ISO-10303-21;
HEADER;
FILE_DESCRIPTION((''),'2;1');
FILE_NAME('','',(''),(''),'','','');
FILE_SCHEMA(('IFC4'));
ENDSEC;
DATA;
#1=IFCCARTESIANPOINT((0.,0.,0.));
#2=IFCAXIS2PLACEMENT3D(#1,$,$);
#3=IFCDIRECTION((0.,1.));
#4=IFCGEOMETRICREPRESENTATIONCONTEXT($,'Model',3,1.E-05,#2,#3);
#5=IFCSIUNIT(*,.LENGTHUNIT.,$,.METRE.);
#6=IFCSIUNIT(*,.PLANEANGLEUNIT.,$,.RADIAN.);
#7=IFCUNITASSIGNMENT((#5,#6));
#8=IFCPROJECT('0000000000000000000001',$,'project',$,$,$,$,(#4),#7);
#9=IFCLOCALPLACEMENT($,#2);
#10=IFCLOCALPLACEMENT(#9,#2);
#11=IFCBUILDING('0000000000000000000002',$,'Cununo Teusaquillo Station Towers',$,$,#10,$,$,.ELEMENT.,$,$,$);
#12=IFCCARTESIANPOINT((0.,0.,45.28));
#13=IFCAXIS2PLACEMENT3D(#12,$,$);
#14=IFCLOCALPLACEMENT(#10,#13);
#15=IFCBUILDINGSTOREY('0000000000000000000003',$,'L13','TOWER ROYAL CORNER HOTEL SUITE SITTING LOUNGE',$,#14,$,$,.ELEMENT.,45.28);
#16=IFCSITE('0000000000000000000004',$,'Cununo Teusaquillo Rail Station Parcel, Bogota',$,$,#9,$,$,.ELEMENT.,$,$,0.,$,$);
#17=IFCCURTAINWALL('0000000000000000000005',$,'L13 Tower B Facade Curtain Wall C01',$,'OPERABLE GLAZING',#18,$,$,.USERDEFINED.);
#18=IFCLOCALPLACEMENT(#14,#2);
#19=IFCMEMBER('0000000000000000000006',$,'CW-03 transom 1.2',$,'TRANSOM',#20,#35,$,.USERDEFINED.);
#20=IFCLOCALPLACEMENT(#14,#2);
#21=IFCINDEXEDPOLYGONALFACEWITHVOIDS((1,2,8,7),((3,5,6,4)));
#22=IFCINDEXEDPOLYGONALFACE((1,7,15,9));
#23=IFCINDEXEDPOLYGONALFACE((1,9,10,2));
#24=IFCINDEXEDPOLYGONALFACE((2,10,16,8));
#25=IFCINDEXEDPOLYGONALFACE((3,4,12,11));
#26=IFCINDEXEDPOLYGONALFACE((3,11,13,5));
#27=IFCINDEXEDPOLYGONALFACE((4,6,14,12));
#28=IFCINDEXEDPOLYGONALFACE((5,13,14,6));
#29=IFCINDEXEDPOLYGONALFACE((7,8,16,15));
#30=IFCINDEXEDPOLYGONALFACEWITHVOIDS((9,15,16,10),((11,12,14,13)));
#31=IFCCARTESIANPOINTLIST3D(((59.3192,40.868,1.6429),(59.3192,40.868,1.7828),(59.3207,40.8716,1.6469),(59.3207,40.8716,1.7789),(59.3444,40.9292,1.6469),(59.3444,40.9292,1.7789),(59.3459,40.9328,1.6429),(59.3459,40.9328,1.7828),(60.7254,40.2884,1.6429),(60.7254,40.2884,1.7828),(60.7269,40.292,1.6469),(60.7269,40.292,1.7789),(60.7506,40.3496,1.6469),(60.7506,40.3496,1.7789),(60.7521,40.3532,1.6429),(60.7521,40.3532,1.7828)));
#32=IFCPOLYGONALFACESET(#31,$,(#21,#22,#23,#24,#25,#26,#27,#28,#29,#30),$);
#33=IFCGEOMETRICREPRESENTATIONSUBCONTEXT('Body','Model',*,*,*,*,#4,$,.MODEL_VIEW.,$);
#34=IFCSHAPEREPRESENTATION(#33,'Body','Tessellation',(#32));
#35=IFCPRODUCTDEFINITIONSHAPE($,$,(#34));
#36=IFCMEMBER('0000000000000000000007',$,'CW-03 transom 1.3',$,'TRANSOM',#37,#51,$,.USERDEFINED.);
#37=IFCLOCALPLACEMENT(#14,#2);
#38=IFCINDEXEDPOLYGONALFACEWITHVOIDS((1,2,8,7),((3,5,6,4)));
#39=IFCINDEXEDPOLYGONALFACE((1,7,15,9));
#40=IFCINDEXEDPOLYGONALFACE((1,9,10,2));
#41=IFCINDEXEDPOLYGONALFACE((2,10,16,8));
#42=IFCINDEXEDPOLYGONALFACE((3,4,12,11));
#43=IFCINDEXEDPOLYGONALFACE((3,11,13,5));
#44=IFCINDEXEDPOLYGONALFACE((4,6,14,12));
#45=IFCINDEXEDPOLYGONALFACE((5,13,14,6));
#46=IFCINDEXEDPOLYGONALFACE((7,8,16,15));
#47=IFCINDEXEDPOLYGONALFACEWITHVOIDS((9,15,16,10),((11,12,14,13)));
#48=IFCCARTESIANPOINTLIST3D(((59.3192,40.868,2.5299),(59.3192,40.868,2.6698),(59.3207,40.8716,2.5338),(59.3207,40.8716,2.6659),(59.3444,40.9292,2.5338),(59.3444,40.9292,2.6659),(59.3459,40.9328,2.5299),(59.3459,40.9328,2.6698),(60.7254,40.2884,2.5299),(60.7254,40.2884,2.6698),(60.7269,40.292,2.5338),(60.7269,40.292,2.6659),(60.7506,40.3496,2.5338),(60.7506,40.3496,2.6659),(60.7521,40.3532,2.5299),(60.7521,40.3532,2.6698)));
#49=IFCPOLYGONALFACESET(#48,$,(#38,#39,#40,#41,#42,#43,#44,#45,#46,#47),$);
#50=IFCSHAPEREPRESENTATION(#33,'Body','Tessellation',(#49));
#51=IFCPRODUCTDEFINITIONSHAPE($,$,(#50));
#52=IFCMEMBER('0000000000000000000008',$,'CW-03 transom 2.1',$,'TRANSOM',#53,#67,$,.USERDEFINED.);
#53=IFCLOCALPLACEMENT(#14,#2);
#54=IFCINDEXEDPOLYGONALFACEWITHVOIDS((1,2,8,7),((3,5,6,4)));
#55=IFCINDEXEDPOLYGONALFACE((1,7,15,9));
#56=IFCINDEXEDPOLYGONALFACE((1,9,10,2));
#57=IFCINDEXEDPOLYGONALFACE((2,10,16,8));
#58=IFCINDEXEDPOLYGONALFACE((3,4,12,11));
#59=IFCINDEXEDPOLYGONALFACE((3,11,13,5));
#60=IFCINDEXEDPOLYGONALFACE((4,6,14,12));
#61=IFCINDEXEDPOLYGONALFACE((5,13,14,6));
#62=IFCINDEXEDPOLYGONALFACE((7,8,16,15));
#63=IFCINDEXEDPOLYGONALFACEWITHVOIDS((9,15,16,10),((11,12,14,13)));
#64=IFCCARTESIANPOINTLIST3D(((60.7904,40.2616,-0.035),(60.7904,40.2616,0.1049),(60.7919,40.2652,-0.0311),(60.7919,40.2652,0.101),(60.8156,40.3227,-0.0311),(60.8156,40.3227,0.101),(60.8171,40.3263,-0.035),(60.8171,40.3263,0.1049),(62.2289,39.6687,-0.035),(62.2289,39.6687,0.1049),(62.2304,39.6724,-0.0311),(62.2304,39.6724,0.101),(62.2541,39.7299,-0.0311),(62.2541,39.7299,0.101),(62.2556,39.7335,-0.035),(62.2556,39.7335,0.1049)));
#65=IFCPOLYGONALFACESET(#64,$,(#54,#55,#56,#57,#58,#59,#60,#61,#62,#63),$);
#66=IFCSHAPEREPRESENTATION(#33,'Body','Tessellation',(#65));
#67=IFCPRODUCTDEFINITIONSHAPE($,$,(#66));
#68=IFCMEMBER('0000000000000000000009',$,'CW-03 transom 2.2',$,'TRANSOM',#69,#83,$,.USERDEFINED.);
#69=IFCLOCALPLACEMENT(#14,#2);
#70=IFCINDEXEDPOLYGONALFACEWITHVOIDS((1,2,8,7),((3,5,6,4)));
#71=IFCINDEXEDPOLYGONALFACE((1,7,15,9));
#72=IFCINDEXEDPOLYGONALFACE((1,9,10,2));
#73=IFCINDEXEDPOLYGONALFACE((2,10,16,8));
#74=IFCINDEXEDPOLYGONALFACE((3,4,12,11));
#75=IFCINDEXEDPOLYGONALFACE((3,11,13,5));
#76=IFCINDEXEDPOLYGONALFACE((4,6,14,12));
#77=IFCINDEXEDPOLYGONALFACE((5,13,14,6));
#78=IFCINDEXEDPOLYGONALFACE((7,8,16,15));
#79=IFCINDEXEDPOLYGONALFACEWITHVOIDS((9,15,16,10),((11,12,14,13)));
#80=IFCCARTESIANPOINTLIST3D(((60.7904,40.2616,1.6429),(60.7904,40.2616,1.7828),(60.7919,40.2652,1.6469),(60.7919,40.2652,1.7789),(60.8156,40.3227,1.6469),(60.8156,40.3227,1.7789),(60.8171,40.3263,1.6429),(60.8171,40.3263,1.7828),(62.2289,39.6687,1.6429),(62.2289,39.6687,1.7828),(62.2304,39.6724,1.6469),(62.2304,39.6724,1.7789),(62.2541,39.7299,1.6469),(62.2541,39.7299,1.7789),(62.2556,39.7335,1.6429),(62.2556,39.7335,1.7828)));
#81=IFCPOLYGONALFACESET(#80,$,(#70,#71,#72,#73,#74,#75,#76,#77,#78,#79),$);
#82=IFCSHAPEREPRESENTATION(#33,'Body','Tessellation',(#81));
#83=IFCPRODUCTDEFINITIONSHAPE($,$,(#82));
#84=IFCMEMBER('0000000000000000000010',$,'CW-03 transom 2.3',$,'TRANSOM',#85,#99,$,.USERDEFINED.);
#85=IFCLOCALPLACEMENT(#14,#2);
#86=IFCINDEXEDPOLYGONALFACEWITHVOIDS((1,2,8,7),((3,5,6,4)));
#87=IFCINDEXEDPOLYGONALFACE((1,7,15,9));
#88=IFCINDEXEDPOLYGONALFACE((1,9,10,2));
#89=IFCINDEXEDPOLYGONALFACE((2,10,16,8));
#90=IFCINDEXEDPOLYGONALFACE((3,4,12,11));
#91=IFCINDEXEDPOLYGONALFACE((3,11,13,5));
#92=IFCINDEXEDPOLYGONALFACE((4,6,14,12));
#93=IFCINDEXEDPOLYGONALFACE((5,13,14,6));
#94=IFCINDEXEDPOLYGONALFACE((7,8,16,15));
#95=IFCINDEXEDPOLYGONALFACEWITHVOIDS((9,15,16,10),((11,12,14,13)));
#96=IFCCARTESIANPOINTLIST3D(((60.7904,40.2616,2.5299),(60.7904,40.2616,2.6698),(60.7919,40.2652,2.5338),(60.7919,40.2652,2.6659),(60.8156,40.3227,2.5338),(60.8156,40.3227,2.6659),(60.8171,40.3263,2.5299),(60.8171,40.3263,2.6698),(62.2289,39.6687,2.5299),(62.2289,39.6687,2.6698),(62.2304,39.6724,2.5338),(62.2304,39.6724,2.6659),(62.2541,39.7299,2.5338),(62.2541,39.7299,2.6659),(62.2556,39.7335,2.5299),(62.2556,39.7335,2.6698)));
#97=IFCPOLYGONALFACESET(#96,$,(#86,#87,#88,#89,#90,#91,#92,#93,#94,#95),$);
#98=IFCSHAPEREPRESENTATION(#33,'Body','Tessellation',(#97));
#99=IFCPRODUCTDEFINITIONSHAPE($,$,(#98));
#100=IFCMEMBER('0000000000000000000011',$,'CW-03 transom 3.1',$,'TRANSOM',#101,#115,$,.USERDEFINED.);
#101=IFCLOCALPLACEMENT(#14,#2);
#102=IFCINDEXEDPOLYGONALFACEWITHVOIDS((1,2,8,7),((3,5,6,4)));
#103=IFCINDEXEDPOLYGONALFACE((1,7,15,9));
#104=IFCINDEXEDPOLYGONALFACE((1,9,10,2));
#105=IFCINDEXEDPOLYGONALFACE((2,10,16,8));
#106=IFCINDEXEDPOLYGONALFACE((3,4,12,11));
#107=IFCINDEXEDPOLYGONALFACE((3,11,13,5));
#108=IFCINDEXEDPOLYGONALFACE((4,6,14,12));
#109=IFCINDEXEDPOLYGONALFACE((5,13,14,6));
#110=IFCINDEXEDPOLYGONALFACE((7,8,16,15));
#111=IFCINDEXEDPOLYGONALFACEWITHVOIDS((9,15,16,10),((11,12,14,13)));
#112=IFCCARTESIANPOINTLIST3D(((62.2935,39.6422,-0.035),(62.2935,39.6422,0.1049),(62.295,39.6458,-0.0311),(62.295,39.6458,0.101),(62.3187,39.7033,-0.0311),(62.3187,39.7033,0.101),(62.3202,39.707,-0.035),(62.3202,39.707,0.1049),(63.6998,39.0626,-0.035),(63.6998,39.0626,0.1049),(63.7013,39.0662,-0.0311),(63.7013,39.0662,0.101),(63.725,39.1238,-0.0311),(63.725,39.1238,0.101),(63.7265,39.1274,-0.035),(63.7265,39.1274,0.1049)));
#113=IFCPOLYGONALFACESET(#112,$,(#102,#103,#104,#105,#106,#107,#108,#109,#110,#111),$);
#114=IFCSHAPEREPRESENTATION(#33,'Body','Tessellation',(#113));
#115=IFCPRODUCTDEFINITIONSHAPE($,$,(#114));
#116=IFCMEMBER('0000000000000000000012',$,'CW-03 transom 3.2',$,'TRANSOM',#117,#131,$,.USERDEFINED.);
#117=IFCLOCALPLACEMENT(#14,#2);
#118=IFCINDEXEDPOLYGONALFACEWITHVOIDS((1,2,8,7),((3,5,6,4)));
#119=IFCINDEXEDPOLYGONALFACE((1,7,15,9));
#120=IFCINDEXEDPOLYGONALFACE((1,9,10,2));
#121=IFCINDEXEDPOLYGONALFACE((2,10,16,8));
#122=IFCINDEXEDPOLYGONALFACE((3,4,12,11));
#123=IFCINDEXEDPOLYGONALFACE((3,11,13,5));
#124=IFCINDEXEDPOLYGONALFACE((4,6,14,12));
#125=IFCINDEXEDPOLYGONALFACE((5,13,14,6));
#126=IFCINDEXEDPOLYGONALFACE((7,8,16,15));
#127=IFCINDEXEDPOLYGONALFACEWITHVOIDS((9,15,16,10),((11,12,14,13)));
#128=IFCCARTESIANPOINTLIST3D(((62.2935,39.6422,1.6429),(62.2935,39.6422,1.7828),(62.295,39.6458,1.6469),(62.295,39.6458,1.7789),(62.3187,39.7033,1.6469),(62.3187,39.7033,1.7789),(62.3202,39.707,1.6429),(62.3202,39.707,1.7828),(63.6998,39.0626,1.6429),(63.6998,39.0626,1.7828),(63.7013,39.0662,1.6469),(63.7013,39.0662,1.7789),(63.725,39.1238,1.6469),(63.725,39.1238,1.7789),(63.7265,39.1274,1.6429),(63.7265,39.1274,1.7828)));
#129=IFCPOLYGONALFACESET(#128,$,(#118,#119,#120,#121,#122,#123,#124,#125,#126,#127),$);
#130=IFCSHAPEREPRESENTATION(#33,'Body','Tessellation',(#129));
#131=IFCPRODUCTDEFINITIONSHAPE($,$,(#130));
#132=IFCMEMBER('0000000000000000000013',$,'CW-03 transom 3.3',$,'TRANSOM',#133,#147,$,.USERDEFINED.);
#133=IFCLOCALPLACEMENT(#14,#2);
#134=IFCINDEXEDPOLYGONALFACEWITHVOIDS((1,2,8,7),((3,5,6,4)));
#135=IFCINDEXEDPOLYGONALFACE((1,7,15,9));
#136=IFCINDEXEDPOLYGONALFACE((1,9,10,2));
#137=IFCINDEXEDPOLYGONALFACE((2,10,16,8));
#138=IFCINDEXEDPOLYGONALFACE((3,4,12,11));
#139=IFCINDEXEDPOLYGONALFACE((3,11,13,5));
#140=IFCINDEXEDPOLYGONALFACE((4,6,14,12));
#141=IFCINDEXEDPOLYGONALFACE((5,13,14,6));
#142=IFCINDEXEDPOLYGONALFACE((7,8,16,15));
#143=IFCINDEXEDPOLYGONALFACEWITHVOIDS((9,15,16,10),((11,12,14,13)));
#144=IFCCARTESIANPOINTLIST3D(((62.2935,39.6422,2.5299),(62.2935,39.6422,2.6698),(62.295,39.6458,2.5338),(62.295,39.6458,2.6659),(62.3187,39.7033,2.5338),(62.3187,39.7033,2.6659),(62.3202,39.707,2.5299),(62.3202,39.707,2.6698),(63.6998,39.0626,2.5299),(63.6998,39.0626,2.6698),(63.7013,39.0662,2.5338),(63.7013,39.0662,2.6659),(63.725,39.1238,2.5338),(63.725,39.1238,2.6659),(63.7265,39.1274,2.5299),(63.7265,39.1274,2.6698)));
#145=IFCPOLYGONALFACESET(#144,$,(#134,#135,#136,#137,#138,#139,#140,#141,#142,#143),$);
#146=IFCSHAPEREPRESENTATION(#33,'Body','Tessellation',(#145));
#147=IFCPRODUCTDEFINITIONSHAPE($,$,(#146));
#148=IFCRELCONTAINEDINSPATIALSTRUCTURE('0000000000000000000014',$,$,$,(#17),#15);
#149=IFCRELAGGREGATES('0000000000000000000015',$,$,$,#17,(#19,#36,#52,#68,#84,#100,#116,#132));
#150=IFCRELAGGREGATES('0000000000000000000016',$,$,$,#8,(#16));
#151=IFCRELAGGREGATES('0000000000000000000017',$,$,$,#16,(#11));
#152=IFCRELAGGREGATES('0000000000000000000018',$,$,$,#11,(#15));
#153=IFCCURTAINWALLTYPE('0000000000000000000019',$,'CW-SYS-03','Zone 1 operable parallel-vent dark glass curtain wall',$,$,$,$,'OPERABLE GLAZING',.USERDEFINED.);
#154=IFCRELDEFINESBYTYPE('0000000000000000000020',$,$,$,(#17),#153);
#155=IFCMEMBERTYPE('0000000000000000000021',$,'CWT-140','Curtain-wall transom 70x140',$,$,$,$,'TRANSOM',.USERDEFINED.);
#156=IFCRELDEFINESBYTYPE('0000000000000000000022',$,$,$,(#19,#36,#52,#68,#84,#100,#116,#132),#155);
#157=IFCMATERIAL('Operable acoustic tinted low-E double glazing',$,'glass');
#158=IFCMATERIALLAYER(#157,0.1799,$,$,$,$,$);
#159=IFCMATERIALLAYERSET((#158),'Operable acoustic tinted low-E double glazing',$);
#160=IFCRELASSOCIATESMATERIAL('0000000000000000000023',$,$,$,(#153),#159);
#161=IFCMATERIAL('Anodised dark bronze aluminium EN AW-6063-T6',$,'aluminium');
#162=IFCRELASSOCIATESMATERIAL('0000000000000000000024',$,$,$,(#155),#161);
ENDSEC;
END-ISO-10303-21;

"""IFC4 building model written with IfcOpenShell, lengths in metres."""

from ifc_helpers import new_model, si_unit, direction, frame, origin, origin_2d, place, context, subcontext, project, spatial, hollow_rectangle, extrude, material, layer, layer_set, material_profile, profile_set, type_object, element, aggregate, save


model = new_model("IFC4")

# Units and contexts
model_context = context("Model", 3, precision=1e-05, world=origin(), true_north=direction((0.0, 1.0)))
body_context = subcontext(model_context, "Body", "Model", "MODEL_VIEW")
ifc_project = project(units=[si_unit("LENGTHUNIT", "METRE"), si_unit("PLANEANGLEUNIT", "RADIAN")], contexts=[model_context])

# Site, building, storey
site_placement = place(None, origin())
site = spatial("IfcSite", under=ifc_project, at=site_placement, Name="Cununo Teusaquillo Rail Station Parcel, Bogota", CompositionType="ELEMENT", RefElevation=0.0)
building_placement = place(site_placement, origin())
building = spatial("IfcBuilding", under=site, at=building_placement, Name="Cununo Teusaquillo Station Towers", CompositionType="ELEMENT")
storey_placement = place(building_placement, frame((0.0, 0.0, 45.28)))
storey = spatial("IfcBuildingStorey", under=building, at=storey_placement, Name="L13", Description="TOWER ROYAL CORNER HOTEL SUITE SITTING LOUNGE", CompositionType="ELEMENT", Elevation=45.28)

# Curtain wall, members
ifc_material_1 = material(Name="Operable acoustic tinted low-E double glazing", Category="glass")
ifc_layer_1 = layer(ifc_material_1, 0.1799)
ifc_layer_set_1 = layer_set([ifc_layer_1], Name="Operable acoustic tinted low-E double glazing")
curtain_wall_type = type_object("IfcCurtainWallType", Name="CW-SYS-03", Description="Zone 1 operable parallel-vent dark glass curtain wall", ElementType="OPERABLE GLAZING", PredefinedType="USERDEFINED", material=ifc_layer_set_1)
curtain_wall_placement = place(storey_placement, origin())
curtain_wall = element("IfcCurtainWall", 1, at=curtain_wall_placement, inside=storey, type_object=curtain_wall_type, Name="L13 Tower B Facade Curtain Wall C01", ObjectType="OPERABLE GLAZING", PredefinedType="USERDEFINED")
ifc_material_2 = material(Name="Anodised dark bronze aluminium EN AW-6063-T6", Category="aluminium")
ifc_material_profile_1 = material_profile(ifc_material_2, hollow_rectangle(XDim=0.0701, YDim=0.1399, WallThickness=0.0039, at=origin_2d()), Name="CW-TRAN-70x140")
ifc_profile_set_1 = profile_set([ifc_material_profile_1], Name="Anodised dark bronze aluminium EN AW-6063-T6")
member_type_1 = type_object("IfcMemberType", Name="CWT-140", Description="Curtain-wall transom 70x140", ElementType="TRANSOM", PredefinedType="USERDEFINED", material=ifc_profile_set_1)
member_1_placement = place(storey_placement, frame((59.3325, 40.9004, 1.7129), z_axis=(0.924552, -0.381057, 0.0), x_axis=(0.381057, 0.924552, 0.0)))
member_1 = element("IfcMember", 2, at=member_1_placement, type_object=member_type_1, Name="CW-03 transom 1.2", ObjectType="TRANSOM", PredefinedType="USERDEFINED", context=body_context, shape_type="SweptSolid", body=[
    extrude(hollow_rectangle(XDim=0.0701, YDim=0.1399, WallThickness=0.0039, at=origin_2d()), origin(), (0.0, 0.0, 1.0), 1.521),
])
member_2_placement = place(storey_placement, frame((59.3325, 40.9004, 2.5999), z_axis=(0.924552, -0.381057, 0.0), x_axis=(0.381057, 0.924552, 0.0)))
member_2 = element("IfcMember", 3, at=member_2_placement, type_object=member_type_1, Name="CW-03 transom 1.3", ObjectType="TRANSOM", PredefinedType="USERDEFINED", context=body_context, shape_type="SweptSolid", body=[
    extrude(hollow_rectangle(XDim=0.0701, YDim=0.1399, WallThickness=0.0039, at=origin_2d()), origin(), (0.0, 0.0, 1.0), 1.521),
])
member_3_placement = place(storey_placement, frame((60.8037, 40.2939, 0.0349), z_axis=(0.924574, -0.381002, 0.0), x_axis=(0.381002, 0.924574, 0.0)))
member_3 = element("IfcMember", 4, at=member_3_placement, type_object=member_type_1, Name="CW-03 transom 2.1", ObjectType="TRANSOM", PredefinedType="USERDEFINED", context=body_context, shape_type="SweptSolid", body=[
    extrude(hollow_rectangle(XDim=0.0701, YDim=0.1399, WallThickness=0.0039, at=origin_2d()), origin(), (0.0, 0.0, 1.0), 1.5559),
])
member_4_placement = place(storey_placement, frame((60.8037, 40.2939, 1.7129), z_axis=(0.924574, -0.381002, 0.0), x_axis=(0.381002, 0.924574, 0.0)))
member_4 = element("IfcMember", 5, at=member_4_placement, type_object=member_type_1, Name="CW-03 transom 2.2", ObjectType="TRANSOM", PredefinedType="USERDEFINED", context=body_context, shape_type="SweptSolid", body=[
    extrude(hollow_rectangle(XDim=0.0701, YDim=0.1399, WallThickness=0.0039, at=origin_2d()), origin(), (0.0, 0.0, 1.0), 1.5559),
])
member_5_placement = place(storey_placement, frame((60.8037, 40.2939, 2.5999), z_axis=(0.924574, -0.381002, 0.0), x_axis=(0.381002, 0.924574, 0.0)))
member_5 = element("IfcMember", 6, at=member_5_placement, type_object=member_type_1, Name="CW-03 transom 2.3", ObjectType="TRANSOM", PredefinedType="USERDEFINED", context=body_context, shape_type="SweptSolid", body=[
    extrude(hollow_rectangle(XDim=0.0701, YDim=0.1399, WallThickness=0.0039, at=origin_2d()), origin(), (0.0, 0.0, 1.0), 1.5559),
])
member_6_placement = place(storey_placement, frame((62.3069, 39.6746, 0.0349), z_axis=(0.924552, -0.381057, 0.0), x_axis=(0.381057, 0.924552, 0.0)))
member_6 = element("IfcMember", 7, at=member_6_placement, type_object=member_type_1, Name="CW-03 transom 3.1", ObjectType="TRANSOM", PredefinedType="USERDEFINED", context=body_context, shape_type="SweptSolid", body=[
    extrude(hollow_rectangle(XDim=0.0701, YDim=0.1399, WallThickness=0.0039, at=origin_2d()), origin(), (0.0, 0.0, 1.0), 1.521),
])
member_7_placement = place(storey_placement, frame((62.3069, 39.6746, 1.7129), z_axis=(0.924552, -0.381057, 0.0), x_axis=(0.381057, 0.924552, 0.0)))
member_7 = element("IfcMember", 8, at=member_7_placement, type_object=member_type_1, Name="CW-03 transom 3.2", ObjectType="TRANSOM", PredefinedType="USERDEFINED", context=body_context, shape_type="SweptSolid", body=[
    extrude(hollow_rectangle(XDim=0.0701, YDim=0.1399, WallThickness=0.0039, at=origin_2d()), origin(), (0.0, 0.0, 1.0), 1.521),
])
member_8_placement = place(storey_placement, frame((62.3069, 39.6746, 2.5999), z_axis=(0.924552, -0.381057, 0.0), x_axis=(0.381057, 0.924552, 0.0)))
member_8 = element("IfcMember", 9, at=member_8_placement, type_object=member_type_1, Name="CW-03 transom 3.3", ObjectType="TRANSOM", PredefinedType="USERDEFINED", context=body_context, shape_type="SweptSolid", body=[
    extrude(hollow_rectangle(XDim=0.0701, YDim=0.1399, WallThickness=0.0039, at=origin_2d()), origin(), (0.0, 0.0, 1.0), 1.521),
])

aggregate(curtain_wall, [member_1, member_2, member_3, member_4, member_5, member_6, member_7, member_8])

save(model, "model.ifc")
